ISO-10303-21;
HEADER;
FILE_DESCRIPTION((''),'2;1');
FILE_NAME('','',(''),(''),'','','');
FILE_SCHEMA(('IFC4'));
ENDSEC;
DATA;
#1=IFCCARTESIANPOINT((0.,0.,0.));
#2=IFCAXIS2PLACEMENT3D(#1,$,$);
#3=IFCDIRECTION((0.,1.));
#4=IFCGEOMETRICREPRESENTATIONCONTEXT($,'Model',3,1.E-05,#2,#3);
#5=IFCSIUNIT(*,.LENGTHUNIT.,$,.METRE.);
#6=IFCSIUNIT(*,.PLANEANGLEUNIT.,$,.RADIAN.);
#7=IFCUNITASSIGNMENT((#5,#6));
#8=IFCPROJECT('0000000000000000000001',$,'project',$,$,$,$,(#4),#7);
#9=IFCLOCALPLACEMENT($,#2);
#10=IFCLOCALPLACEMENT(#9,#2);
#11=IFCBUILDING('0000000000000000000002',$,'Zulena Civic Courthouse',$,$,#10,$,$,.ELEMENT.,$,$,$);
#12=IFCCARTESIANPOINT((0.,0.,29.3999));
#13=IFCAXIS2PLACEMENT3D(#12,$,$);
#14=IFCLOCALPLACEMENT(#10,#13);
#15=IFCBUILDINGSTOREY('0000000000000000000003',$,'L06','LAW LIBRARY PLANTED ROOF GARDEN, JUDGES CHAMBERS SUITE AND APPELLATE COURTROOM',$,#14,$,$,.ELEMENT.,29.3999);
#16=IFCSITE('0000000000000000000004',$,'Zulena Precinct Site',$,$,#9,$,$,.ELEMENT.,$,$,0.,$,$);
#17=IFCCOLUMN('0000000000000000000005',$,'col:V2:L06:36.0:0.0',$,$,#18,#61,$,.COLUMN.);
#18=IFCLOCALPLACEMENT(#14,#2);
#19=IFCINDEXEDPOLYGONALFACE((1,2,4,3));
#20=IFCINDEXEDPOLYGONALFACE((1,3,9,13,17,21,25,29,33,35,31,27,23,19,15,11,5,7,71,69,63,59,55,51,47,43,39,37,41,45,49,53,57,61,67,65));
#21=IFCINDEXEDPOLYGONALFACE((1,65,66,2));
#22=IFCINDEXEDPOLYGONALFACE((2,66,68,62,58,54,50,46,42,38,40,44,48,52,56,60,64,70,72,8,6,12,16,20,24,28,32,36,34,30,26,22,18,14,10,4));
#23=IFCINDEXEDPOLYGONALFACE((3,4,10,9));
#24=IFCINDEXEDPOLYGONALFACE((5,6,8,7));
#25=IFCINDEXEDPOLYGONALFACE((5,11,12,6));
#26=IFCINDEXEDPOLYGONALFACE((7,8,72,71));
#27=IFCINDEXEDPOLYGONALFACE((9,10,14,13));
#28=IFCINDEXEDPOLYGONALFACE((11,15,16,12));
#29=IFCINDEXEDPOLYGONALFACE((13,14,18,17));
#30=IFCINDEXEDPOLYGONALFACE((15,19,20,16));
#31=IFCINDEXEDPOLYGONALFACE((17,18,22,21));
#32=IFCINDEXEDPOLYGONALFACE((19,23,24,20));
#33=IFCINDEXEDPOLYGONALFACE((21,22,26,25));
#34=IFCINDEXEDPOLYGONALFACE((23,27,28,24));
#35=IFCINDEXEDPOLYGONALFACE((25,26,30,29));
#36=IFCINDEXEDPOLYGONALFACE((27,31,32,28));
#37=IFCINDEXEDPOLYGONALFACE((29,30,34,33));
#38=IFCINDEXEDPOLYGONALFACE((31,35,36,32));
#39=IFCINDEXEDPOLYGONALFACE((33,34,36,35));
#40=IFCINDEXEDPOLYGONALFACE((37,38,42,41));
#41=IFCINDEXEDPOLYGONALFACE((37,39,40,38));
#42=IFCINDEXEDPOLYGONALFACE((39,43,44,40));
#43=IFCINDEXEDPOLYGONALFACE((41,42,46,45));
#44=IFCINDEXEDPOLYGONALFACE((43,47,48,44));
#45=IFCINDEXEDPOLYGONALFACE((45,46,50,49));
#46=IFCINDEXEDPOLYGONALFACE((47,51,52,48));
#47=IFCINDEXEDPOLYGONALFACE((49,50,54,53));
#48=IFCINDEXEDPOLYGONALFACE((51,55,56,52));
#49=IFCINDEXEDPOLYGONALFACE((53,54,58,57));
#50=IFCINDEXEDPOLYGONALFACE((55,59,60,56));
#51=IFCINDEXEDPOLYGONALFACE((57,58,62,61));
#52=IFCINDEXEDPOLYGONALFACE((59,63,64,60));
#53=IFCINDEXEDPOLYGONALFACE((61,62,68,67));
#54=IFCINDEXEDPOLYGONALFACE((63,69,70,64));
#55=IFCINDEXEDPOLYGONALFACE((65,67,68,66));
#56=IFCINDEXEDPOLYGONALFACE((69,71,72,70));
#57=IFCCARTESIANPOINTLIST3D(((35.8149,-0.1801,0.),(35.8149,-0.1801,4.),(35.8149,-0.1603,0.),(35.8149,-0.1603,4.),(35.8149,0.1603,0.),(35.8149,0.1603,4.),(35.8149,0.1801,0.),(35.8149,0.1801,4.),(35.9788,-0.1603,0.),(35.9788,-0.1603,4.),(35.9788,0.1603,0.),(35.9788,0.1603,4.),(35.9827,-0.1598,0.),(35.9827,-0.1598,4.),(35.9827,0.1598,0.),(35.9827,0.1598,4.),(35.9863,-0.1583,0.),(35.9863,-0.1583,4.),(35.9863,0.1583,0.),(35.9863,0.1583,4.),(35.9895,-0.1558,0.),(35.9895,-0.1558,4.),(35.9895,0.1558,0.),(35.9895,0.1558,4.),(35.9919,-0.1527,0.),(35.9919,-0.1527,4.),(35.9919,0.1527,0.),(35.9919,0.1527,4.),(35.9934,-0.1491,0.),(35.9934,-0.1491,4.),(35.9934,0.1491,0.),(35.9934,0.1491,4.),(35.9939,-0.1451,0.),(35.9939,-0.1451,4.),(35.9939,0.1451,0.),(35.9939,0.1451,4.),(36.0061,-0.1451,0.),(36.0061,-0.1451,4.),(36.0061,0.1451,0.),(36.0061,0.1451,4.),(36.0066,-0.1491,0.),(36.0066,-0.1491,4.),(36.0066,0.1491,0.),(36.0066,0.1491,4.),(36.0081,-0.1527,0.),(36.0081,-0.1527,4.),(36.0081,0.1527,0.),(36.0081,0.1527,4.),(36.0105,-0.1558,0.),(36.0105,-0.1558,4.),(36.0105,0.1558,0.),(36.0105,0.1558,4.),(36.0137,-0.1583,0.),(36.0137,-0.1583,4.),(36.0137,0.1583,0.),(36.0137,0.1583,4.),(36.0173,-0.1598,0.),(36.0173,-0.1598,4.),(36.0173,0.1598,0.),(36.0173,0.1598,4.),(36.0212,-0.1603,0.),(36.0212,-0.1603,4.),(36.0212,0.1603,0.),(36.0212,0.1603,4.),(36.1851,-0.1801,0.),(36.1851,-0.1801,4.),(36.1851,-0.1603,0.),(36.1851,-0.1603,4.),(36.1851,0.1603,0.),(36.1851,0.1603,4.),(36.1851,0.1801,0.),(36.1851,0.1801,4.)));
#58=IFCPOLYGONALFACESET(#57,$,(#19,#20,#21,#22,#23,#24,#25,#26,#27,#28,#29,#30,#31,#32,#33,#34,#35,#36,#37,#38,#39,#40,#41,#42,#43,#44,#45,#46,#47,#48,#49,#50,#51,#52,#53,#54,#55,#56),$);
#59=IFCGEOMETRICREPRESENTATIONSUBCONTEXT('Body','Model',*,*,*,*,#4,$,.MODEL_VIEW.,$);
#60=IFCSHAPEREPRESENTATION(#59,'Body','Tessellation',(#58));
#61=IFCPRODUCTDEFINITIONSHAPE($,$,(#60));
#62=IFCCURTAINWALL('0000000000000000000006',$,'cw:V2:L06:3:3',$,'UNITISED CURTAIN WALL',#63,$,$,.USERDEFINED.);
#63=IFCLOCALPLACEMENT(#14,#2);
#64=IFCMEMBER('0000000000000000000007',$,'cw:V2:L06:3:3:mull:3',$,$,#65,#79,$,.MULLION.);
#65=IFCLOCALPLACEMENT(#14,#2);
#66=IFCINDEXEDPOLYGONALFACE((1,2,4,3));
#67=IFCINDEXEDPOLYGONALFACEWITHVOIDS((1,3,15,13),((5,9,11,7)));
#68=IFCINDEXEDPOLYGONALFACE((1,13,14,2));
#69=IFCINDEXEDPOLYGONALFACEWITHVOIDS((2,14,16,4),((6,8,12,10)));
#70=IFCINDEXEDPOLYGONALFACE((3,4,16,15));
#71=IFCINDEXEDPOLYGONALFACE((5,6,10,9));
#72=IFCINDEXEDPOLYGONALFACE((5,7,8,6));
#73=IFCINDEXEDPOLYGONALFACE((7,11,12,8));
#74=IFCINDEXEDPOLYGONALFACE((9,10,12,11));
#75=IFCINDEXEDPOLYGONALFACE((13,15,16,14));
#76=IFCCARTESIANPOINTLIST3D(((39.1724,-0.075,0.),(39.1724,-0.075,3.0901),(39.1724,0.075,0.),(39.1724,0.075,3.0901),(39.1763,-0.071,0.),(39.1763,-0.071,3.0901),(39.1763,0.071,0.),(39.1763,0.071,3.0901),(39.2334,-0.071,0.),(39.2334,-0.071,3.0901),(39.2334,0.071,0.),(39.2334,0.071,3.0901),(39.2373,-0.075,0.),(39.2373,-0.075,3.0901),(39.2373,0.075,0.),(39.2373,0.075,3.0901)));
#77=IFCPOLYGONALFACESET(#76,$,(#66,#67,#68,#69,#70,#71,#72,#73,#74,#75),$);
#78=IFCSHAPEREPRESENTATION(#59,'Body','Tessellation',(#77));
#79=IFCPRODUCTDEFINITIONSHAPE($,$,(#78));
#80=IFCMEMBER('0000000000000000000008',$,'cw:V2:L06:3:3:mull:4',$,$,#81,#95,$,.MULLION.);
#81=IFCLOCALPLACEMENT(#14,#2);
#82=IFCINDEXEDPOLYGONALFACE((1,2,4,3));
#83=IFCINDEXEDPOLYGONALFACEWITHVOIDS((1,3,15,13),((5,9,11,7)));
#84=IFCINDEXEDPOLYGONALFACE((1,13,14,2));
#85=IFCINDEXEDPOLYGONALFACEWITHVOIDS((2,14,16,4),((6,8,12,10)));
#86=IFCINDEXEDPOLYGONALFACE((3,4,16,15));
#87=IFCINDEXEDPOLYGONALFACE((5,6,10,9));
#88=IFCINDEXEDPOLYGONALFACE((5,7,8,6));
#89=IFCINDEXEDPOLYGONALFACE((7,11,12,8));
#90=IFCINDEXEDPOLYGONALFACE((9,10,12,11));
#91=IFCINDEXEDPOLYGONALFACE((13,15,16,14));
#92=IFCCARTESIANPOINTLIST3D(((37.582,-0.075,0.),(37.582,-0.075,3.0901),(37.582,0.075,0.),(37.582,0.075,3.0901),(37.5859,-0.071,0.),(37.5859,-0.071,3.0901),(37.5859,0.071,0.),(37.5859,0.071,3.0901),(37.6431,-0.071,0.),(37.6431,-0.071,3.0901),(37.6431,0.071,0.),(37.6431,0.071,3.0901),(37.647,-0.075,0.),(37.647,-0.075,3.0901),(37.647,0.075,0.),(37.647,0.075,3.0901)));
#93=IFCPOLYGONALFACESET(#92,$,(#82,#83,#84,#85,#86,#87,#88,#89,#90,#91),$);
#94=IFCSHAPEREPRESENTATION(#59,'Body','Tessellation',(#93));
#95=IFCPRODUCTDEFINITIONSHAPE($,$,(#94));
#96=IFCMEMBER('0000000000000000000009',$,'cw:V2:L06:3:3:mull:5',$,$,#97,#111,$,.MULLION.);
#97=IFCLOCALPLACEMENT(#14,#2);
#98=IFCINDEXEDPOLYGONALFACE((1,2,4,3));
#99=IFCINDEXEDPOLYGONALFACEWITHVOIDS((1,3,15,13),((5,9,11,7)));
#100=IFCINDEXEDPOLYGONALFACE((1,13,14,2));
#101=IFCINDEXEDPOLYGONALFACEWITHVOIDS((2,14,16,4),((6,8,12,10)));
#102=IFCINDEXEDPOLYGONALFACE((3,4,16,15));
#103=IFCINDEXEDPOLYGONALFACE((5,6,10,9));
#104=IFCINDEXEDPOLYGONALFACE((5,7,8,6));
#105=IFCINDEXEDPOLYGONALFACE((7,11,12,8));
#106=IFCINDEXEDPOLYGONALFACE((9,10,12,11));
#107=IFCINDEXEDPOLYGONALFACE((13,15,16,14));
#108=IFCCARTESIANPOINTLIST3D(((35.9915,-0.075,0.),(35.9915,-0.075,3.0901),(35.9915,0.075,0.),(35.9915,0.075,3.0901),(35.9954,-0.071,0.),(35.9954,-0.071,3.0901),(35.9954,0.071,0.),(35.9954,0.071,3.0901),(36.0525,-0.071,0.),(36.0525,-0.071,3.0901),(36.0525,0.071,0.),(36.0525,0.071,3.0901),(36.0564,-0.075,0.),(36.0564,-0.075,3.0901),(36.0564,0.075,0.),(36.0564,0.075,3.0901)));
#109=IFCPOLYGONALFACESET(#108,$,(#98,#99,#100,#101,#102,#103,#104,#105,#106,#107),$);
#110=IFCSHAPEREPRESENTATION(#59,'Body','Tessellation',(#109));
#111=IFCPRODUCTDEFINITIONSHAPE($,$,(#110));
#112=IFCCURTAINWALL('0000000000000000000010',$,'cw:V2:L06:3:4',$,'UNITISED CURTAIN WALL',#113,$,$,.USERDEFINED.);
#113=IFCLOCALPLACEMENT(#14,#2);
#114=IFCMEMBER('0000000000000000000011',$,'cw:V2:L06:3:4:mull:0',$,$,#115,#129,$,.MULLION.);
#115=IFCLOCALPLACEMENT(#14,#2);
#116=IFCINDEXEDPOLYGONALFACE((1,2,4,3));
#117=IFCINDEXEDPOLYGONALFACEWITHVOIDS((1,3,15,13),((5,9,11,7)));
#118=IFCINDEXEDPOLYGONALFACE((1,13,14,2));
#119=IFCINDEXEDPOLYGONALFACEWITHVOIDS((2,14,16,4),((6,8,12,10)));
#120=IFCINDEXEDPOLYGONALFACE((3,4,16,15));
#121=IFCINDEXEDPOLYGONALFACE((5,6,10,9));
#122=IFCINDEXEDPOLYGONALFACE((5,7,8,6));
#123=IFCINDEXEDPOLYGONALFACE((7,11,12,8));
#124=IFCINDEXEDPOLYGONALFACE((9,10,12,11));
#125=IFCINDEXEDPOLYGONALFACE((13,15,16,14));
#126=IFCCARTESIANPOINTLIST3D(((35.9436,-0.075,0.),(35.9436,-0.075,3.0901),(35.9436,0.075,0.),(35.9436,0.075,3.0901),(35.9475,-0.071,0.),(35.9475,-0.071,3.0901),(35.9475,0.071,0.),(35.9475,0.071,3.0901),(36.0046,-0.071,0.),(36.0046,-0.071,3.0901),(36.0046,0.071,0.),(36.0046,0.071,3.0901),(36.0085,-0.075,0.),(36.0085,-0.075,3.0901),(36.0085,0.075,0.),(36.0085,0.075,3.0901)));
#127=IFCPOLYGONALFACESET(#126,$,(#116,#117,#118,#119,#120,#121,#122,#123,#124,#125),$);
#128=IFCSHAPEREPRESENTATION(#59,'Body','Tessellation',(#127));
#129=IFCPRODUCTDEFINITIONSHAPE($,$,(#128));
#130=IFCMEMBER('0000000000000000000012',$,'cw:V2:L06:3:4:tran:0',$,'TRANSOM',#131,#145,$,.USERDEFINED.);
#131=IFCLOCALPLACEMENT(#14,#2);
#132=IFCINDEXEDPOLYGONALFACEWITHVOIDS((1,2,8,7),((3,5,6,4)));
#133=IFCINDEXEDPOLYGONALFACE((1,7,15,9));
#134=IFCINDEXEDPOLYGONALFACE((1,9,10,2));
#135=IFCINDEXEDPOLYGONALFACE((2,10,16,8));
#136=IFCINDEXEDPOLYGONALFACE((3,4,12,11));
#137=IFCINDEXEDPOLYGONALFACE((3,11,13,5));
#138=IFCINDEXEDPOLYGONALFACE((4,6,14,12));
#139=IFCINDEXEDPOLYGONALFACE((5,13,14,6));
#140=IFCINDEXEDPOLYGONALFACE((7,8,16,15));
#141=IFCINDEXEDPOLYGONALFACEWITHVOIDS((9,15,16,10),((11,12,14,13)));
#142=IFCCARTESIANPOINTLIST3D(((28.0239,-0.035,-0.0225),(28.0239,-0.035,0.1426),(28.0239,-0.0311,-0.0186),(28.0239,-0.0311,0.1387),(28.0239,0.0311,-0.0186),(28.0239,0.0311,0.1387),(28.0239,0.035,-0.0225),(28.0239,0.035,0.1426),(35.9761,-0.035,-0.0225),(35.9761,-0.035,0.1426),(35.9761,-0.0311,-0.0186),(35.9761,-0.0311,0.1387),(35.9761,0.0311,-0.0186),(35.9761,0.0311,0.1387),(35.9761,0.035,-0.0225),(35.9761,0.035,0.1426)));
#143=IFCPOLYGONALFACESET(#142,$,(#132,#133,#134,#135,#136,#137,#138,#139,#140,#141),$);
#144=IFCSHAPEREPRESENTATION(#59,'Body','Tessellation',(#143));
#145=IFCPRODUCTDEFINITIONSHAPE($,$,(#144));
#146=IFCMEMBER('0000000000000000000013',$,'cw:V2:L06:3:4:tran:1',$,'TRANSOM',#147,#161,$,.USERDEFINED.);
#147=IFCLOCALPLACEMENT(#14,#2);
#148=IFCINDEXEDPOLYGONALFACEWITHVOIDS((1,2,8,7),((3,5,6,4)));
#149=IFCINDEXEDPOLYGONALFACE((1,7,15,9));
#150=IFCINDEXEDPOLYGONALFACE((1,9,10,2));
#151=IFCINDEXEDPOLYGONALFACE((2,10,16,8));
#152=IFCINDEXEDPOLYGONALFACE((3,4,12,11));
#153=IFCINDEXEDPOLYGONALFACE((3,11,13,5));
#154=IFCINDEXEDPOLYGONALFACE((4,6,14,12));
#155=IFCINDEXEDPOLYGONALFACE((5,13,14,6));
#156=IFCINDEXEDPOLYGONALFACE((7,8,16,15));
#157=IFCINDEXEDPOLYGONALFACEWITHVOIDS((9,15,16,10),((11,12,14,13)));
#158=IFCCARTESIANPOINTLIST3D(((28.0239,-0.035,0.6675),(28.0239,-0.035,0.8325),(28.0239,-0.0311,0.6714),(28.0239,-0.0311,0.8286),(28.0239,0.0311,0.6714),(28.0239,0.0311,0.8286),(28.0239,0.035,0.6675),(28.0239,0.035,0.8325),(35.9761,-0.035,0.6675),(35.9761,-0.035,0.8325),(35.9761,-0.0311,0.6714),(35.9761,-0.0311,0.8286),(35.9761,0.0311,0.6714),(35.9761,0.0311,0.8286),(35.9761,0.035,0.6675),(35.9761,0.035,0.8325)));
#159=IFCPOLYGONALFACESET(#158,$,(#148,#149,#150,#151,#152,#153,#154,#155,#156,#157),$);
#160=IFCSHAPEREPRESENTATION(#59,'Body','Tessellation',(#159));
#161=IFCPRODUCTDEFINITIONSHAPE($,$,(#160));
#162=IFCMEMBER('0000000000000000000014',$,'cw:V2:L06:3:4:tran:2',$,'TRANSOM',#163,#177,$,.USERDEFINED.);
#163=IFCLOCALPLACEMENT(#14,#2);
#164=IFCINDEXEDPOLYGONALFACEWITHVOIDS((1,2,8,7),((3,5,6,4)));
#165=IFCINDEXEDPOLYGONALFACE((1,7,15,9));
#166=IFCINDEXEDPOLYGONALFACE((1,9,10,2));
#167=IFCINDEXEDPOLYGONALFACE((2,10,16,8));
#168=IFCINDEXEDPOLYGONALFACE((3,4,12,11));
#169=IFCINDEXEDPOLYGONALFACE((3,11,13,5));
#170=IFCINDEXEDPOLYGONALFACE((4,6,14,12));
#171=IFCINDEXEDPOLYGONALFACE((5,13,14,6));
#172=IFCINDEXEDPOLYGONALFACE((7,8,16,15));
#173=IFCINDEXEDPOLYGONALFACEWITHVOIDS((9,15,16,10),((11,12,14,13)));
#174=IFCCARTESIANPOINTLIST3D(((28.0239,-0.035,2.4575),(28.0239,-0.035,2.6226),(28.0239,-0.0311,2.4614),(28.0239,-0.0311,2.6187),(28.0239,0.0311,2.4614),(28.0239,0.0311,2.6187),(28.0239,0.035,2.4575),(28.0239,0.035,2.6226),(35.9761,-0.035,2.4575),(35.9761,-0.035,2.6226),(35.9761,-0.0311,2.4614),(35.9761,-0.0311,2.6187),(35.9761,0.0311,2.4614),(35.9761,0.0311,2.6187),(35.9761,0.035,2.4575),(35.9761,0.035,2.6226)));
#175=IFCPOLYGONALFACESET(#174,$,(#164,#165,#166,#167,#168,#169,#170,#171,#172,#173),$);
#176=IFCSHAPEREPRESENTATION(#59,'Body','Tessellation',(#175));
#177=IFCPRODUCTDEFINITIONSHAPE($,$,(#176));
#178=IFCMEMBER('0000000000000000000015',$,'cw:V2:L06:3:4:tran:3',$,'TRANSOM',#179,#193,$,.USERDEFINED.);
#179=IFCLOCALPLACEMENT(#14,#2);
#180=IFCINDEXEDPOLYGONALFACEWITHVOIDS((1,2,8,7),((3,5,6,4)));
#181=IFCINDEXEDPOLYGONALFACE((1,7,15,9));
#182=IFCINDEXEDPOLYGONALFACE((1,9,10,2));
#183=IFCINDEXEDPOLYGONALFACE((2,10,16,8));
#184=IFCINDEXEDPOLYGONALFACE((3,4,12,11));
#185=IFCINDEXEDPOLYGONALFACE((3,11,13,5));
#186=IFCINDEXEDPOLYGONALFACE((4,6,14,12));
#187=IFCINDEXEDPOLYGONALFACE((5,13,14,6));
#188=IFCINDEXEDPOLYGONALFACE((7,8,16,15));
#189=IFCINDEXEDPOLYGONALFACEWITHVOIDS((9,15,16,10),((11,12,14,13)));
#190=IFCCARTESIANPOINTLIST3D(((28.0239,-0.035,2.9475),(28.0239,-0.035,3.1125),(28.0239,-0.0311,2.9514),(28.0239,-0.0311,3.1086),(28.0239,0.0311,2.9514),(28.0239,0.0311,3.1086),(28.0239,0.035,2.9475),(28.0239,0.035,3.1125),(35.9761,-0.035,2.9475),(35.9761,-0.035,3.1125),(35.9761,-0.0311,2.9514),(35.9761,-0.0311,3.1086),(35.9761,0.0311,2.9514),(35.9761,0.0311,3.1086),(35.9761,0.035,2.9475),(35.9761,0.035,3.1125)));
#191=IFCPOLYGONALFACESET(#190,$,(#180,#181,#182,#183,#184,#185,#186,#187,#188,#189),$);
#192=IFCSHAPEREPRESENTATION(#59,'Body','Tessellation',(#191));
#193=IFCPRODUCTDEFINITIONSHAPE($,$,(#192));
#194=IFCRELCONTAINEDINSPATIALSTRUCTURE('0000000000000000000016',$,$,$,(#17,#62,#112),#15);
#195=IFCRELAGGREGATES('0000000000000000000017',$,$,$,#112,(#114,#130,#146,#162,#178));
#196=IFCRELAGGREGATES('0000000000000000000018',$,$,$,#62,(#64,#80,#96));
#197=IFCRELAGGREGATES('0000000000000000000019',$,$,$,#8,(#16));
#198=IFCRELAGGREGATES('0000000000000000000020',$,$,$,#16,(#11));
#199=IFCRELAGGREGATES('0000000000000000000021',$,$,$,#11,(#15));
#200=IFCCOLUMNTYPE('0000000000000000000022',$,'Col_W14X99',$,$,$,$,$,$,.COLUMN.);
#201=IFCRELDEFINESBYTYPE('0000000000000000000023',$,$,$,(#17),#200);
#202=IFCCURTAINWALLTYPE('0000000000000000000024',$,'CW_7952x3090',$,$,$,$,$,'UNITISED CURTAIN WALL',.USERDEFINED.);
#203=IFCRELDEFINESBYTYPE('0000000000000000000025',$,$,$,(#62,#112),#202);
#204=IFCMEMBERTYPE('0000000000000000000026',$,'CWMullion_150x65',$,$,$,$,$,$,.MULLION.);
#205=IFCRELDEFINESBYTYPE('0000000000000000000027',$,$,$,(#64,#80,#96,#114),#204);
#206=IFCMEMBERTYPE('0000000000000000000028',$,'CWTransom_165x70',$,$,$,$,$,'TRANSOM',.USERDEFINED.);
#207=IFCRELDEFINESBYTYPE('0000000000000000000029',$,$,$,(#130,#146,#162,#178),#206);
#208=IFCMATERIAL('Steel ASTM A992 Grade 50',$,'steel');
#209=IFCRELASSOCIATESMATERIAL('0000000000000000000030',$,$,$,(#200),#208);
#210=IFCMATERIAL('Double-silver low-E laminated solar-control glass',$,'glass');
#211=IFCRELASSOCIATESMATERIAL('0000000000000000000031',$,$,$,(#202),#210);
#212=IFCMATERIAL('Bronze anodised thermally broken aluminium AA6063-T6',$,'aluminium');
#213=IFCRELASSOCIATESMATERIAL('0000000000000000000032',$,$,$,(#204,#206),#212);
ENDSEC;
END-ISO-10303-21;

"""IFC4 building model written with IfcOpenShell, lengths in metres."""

from ifc_helpers import new_model, si_unit, direction, frame, origin, origin_2d, place, context, subcontext, project, spatial, hollow_rectangle, i_section, extrude, material, material_profile, profile_set, type_object, element, aggregate, save


model = new_model("IFC4")

# Units and contexts
model_context = context("Model", 3, precision=1e-05, world=origin(), true_north=direction((0.0, 1.0)))
body_context = subcontext(model_context, "Body", "Model", "MODEL_VIEW")
ifc_project = project(units=[si_unit("LENGTHUNIT", "METRE"), si_unit("PLANEANGLEUNIT", "RADIAN")], contexts=[model_context])

# Site, building, storey
site_placement = place(None, origin())
site = spatial("IfcSite", under=ifc_project, at=site_placement, Name="Zulena Precinct Site", CompositionType="ELEMENT", RefElevation=0.0)
building_placement = place(site_placement, origin())
building = spatial("IfcBuilding", under=site, at=building_placement, Name="Zulena Civic Courthouse", CompositionType="ELEMENT")
storey_placement = place(building_placement, frame((0.0, 0.0, 29.3999)))
storey = spatial("IfcBuildingStorey", under=building, at=storey_placement, Name="L06", Description="LAW LIBRARY PLANTED ROOF GARDEN, JUDGES CHAMBERS SUITE AND APPELLATE COURTROOM", CompositionType="ELEMENT", Elevation=29.3999)

# Column
ifc_material_1 = material(Name="Steel ASTM A992 Grade 50", Category="steel")
ifc_material_profile_1 = material_profile(ifc_material_1, i_section(OverallWidth=0.3701, OverallDepth=0.3601, WebThickness=0.0122, FlangeThickness=0.0198, FilletRadius=0.0151, at=origin_2d()), Name="W14X99")
ifc_profile_set_1 = profile_set([ifc_material_profile_1], Name="Steel ASTM A992 Grade 50")
column_type = type_object("IfcColumnType", Name="Col_W14X99", PredefinedType="COLUMN", material=ifc_profile_set_1)
column_placement = place(storey_placement, frame((36.0, 0.0, 0.0), z_axis=(0.0, 0.0, 1.0), x_axis=(1.0, 0.0, 0.0)))
element("IfcColumn", 1, at=column_placement, inside=storey, type_object=column_type, Name="col:V2:L06:36.0:0.0", PredefinedType="COLUMN", context=body_context, shape_type="SweptSolid", body=[
    extrude(i_section(OverallWidth=0.3701, OverallDepth=0.3601, WebThickness=0.0122, FlangeThickness=0.0198, FilletRadius=0.0151, at=origin_2d()), origin(), (0.0, 0.0, 1.0), 4.0),
])

# Curtain walls, members
ifc_material_2 = material(Name="Double-silver low-E laminated solar-control glass", Category="glass")
curtain_wall_type = type_object("IfcCurtainWallType", Name="CW_7952x3090", ElementType="UNITISED CURTAIN WALL", PredefinedType="USERDEFINED", material=ifc_material_2)
curtain_wall_1_placement = place(storey_placement, origin())
curtain_wall_1 = element("IfcCurtainWall", 2, at=curtain_wall_1_placement, inside=storey, type_object=curtain_wall_type, Name="cw:V2:L06:3:3", ObjectType="UNITISED CURTAIN WALL", PredefinedType="USERDEFINED")
ifc_material_3 = material(Name="Bronze anodised thermally broken aluminium AA6063-T6", Category="aluminium")
ifc_material_profile_2 = material_profile(ifc_material_3, hollow_rectangle(XDim=0.0649, YDim=0.1499, WallThickness=0.0039, at=origin_2d()), Name="CWM150X65X4")
ifc_profile_set_2 = profile_set([ifc_material_profile_2], Name="Bronze anodised thermally broken aluminium AA6063-T6")
member_type_1 = type_object("IfcMemberType", Name="CWMullion_150x65", PredefinedType="MULLION", material=ifc_profile_set_2)
member_1_placement = place(storey_placement, frame((39.2048, 0.0, 0.0), z_axis=(0.0, 0.0, 1.0), x_axis=(1.0, 0.0, 0.0)))
member_1 = element("IfcMember", 3, at=member_1_placement, type_object=member_type_1, Name="cw:V2:L06:3:3:mull:3", PredefinedType="MULLION", context=body_context, shape_type="SweptSolid", body=[
    extrude(hollow_rectangle(XDim=0.0649, YDim=0.1499, WallThickness=0.0039, at=origin_2d()), origin(), (0.0, 0.0, 1.0), 3.0901),
])
member_2_placement = place(storey_placement, frame((37.6145, 0.0, 0.0), z_axis=(0.0, 0.0, 1.0), x_axis=(1.0, 0.0, 0.0)))
member_2 = element("IfcMember", 4, at=member_2_placement, type_object=member_type_1, Name="cw:V2:L06:3:3:mull:4", PredefinedType="MULLION", context=body_context, shape_type="SweptSolid", body=[
    extrude(hollow_rectangle(XDim=0.0649, YDim=0.1499, WallThickness=0.0039, at=origin_2d()), origin(), (0.0, 0.0, 1.0), 3.0901),
])
member_3_placement = place(storey_placement, frame((36.0239, 0.0, 0.0), z_axis=(0.0, 0.0, 1.0), x_axis=(1.0, 0.0, 0.0)))
member_3 = element("IfcMember", 5, at=member_3_placement, type_object=member_type_1, Name="cw:V2:L06:3:3:mull:5", PredefinedType="MULLION", context=body_context, shape_type="SweptSolid", body=[
    extrude(hollow_rectangle(XDim=0.0649, YDim=0.1499, WallThickness=0.0039, at=origin_2d()), origin(), (0.0, 0.0, 1.0), 3.0901),
])
curtain_wall_2_placement = place(storey_placement, origin())
curtain_wall_2 = element("IfcCurtainWall", 6, at=curtain_wall_2_placement, inside=storey, type_object=curtain_wall_type, Name="cw:V2:L06:3:4", ObjectType="UNITISED CURTAIN WALL", PredefinedType="USERDEFINED")
member_4_placement = place(storey_placement, frame((35.9761, 0.0, 0.0), z_axis=(0.0, 0.0, 1.0), x_axis=(1.0, 0.0, 0.0)))
member_4 = element("IfcMember", 7, at=member_4_placement, type_object=member_type_1, Name="cw:V2:L06:3:4:mull:0", PredefinedType="MULLION", context=body_context, shape_type="SweptSolid", body=[
    extrude(hollow_rectangle(XDim=0.0649, YDim=0.1499, WallThickness=0.0039, at=origin_2d()), origin(), (0.0, 0.0, 1.0), 3.0901),
])
ifc_material_profile_3 = material_profile(ifc_material_3, hollow_rectangle(XDim=0.0701, YDim=0.165, WallThickness=0.0039, at=origin_2d()), Name="CWT165X70X4")
ifc_profile_set_3 = profile_set([ifc_material_profile_3], Name="Bronze anodised thermally broken aluminium AA6063-T6")
member_type_2 = type_object("IfcMemberType", Name="CWTransom_165x70", ElementType="TRANSOM", PredefinedType="USERDEFINED", material=ifc_profile_set_3)
member_5_placement = place(storey_placement, frame((35.9761, 0.0, 0.0601), z_axis=(-1.0, 0.0, 0.0), x_axis=(0.0, -1.0, 0.0)))
member_5 = element("IfcMember", 8, at=member_5_placement, type_object=member_type_2, Name="cw:V2:L06:3:4:tran:0", ObjectType="TRANSOM", PredefinedType="USERDEFINED", context=body_context, shape_type="SweptSolid", body=[
    extrude(hollow_rectangle(XDim=0.0701, YDim=0.165, WallThickness=0.0039, at=origin_2d()), origin(), (0.0, 0.0, 1.0), 7.9521),
])
member_6_placement = place(storey_placement, frame((35.9761, 0.0, 0.75), z_axis=(-1.0, 0.0, 0.0), x_axis=(0.0, -1.0, 0.0)))
member_6 = element("IfcMember", 9, at=member_6_placement, type_object=member_type_2, Name="cw:V2:L06:3:4:tran:1", ObjectType="TRANSOM", PredefinedType="USERDEFINED", context=body_context, shape_type="SweptSolid", body=[
    extrude(hollow_rectangle(XDim=0.0701, YDim=0.165, WallThickness=0.0039, at=origin_2d()), origin(), (0.0, 0.0, 1.0), 7.9521),
])
member_7_placement = place(storey_placement, frame((35.9761, 0.0, 2.54), z_axis=(-1.0, 0.0, 0.0), x_axis=(0.0, -1.0, 0.0)))
member_7 = element("IfcMember", 10, at=member_7_placement, type_object=member_type_2, Name="cw:V2:L06:3:4:tran:2", ObjectType="TRANSOM", PredefinedType="USERDEFINED", context=body_context, shape_type="SweptSolid", body=[
    extrude(hollow_rectangle(XDim=0.0701, YDim=0.165, WallThickness=0.0039, at=origin_2d()), origin(), (0.0, 0.0, 1.0), 7.9521),
])
member_8_placement = place(storey_placement, frame((35.9761, 0.0, 3.03), z_axis=(-1.0, 0.0, 0.0), x_axis=(0.0, -1.0, 0.0)))
member_8 = element("IfcMember", 11, at=member_8_placement, type_object=member_type_2, Name="cw:V2:L06:3:4:tran:3", ObjectType="TRANSOM", PredefinedType="USERDEFINED", context=body_context, shape_type="SweptSolid", body=[
    extrude(hollow_rectangle(XDim=0.0701, YDim=0.165, WallThickness=0.0039, at=origin_2d()), origin(), (0.0, 0.0, 1.0), 7.9521),
])
aggregate(curtain_wall_2, [member_4, member_5, member_6, member_7, member_8])

aggregate(curtain_wall_1, [member_1, member_2, member_3])

save(model, "model.ifc")
